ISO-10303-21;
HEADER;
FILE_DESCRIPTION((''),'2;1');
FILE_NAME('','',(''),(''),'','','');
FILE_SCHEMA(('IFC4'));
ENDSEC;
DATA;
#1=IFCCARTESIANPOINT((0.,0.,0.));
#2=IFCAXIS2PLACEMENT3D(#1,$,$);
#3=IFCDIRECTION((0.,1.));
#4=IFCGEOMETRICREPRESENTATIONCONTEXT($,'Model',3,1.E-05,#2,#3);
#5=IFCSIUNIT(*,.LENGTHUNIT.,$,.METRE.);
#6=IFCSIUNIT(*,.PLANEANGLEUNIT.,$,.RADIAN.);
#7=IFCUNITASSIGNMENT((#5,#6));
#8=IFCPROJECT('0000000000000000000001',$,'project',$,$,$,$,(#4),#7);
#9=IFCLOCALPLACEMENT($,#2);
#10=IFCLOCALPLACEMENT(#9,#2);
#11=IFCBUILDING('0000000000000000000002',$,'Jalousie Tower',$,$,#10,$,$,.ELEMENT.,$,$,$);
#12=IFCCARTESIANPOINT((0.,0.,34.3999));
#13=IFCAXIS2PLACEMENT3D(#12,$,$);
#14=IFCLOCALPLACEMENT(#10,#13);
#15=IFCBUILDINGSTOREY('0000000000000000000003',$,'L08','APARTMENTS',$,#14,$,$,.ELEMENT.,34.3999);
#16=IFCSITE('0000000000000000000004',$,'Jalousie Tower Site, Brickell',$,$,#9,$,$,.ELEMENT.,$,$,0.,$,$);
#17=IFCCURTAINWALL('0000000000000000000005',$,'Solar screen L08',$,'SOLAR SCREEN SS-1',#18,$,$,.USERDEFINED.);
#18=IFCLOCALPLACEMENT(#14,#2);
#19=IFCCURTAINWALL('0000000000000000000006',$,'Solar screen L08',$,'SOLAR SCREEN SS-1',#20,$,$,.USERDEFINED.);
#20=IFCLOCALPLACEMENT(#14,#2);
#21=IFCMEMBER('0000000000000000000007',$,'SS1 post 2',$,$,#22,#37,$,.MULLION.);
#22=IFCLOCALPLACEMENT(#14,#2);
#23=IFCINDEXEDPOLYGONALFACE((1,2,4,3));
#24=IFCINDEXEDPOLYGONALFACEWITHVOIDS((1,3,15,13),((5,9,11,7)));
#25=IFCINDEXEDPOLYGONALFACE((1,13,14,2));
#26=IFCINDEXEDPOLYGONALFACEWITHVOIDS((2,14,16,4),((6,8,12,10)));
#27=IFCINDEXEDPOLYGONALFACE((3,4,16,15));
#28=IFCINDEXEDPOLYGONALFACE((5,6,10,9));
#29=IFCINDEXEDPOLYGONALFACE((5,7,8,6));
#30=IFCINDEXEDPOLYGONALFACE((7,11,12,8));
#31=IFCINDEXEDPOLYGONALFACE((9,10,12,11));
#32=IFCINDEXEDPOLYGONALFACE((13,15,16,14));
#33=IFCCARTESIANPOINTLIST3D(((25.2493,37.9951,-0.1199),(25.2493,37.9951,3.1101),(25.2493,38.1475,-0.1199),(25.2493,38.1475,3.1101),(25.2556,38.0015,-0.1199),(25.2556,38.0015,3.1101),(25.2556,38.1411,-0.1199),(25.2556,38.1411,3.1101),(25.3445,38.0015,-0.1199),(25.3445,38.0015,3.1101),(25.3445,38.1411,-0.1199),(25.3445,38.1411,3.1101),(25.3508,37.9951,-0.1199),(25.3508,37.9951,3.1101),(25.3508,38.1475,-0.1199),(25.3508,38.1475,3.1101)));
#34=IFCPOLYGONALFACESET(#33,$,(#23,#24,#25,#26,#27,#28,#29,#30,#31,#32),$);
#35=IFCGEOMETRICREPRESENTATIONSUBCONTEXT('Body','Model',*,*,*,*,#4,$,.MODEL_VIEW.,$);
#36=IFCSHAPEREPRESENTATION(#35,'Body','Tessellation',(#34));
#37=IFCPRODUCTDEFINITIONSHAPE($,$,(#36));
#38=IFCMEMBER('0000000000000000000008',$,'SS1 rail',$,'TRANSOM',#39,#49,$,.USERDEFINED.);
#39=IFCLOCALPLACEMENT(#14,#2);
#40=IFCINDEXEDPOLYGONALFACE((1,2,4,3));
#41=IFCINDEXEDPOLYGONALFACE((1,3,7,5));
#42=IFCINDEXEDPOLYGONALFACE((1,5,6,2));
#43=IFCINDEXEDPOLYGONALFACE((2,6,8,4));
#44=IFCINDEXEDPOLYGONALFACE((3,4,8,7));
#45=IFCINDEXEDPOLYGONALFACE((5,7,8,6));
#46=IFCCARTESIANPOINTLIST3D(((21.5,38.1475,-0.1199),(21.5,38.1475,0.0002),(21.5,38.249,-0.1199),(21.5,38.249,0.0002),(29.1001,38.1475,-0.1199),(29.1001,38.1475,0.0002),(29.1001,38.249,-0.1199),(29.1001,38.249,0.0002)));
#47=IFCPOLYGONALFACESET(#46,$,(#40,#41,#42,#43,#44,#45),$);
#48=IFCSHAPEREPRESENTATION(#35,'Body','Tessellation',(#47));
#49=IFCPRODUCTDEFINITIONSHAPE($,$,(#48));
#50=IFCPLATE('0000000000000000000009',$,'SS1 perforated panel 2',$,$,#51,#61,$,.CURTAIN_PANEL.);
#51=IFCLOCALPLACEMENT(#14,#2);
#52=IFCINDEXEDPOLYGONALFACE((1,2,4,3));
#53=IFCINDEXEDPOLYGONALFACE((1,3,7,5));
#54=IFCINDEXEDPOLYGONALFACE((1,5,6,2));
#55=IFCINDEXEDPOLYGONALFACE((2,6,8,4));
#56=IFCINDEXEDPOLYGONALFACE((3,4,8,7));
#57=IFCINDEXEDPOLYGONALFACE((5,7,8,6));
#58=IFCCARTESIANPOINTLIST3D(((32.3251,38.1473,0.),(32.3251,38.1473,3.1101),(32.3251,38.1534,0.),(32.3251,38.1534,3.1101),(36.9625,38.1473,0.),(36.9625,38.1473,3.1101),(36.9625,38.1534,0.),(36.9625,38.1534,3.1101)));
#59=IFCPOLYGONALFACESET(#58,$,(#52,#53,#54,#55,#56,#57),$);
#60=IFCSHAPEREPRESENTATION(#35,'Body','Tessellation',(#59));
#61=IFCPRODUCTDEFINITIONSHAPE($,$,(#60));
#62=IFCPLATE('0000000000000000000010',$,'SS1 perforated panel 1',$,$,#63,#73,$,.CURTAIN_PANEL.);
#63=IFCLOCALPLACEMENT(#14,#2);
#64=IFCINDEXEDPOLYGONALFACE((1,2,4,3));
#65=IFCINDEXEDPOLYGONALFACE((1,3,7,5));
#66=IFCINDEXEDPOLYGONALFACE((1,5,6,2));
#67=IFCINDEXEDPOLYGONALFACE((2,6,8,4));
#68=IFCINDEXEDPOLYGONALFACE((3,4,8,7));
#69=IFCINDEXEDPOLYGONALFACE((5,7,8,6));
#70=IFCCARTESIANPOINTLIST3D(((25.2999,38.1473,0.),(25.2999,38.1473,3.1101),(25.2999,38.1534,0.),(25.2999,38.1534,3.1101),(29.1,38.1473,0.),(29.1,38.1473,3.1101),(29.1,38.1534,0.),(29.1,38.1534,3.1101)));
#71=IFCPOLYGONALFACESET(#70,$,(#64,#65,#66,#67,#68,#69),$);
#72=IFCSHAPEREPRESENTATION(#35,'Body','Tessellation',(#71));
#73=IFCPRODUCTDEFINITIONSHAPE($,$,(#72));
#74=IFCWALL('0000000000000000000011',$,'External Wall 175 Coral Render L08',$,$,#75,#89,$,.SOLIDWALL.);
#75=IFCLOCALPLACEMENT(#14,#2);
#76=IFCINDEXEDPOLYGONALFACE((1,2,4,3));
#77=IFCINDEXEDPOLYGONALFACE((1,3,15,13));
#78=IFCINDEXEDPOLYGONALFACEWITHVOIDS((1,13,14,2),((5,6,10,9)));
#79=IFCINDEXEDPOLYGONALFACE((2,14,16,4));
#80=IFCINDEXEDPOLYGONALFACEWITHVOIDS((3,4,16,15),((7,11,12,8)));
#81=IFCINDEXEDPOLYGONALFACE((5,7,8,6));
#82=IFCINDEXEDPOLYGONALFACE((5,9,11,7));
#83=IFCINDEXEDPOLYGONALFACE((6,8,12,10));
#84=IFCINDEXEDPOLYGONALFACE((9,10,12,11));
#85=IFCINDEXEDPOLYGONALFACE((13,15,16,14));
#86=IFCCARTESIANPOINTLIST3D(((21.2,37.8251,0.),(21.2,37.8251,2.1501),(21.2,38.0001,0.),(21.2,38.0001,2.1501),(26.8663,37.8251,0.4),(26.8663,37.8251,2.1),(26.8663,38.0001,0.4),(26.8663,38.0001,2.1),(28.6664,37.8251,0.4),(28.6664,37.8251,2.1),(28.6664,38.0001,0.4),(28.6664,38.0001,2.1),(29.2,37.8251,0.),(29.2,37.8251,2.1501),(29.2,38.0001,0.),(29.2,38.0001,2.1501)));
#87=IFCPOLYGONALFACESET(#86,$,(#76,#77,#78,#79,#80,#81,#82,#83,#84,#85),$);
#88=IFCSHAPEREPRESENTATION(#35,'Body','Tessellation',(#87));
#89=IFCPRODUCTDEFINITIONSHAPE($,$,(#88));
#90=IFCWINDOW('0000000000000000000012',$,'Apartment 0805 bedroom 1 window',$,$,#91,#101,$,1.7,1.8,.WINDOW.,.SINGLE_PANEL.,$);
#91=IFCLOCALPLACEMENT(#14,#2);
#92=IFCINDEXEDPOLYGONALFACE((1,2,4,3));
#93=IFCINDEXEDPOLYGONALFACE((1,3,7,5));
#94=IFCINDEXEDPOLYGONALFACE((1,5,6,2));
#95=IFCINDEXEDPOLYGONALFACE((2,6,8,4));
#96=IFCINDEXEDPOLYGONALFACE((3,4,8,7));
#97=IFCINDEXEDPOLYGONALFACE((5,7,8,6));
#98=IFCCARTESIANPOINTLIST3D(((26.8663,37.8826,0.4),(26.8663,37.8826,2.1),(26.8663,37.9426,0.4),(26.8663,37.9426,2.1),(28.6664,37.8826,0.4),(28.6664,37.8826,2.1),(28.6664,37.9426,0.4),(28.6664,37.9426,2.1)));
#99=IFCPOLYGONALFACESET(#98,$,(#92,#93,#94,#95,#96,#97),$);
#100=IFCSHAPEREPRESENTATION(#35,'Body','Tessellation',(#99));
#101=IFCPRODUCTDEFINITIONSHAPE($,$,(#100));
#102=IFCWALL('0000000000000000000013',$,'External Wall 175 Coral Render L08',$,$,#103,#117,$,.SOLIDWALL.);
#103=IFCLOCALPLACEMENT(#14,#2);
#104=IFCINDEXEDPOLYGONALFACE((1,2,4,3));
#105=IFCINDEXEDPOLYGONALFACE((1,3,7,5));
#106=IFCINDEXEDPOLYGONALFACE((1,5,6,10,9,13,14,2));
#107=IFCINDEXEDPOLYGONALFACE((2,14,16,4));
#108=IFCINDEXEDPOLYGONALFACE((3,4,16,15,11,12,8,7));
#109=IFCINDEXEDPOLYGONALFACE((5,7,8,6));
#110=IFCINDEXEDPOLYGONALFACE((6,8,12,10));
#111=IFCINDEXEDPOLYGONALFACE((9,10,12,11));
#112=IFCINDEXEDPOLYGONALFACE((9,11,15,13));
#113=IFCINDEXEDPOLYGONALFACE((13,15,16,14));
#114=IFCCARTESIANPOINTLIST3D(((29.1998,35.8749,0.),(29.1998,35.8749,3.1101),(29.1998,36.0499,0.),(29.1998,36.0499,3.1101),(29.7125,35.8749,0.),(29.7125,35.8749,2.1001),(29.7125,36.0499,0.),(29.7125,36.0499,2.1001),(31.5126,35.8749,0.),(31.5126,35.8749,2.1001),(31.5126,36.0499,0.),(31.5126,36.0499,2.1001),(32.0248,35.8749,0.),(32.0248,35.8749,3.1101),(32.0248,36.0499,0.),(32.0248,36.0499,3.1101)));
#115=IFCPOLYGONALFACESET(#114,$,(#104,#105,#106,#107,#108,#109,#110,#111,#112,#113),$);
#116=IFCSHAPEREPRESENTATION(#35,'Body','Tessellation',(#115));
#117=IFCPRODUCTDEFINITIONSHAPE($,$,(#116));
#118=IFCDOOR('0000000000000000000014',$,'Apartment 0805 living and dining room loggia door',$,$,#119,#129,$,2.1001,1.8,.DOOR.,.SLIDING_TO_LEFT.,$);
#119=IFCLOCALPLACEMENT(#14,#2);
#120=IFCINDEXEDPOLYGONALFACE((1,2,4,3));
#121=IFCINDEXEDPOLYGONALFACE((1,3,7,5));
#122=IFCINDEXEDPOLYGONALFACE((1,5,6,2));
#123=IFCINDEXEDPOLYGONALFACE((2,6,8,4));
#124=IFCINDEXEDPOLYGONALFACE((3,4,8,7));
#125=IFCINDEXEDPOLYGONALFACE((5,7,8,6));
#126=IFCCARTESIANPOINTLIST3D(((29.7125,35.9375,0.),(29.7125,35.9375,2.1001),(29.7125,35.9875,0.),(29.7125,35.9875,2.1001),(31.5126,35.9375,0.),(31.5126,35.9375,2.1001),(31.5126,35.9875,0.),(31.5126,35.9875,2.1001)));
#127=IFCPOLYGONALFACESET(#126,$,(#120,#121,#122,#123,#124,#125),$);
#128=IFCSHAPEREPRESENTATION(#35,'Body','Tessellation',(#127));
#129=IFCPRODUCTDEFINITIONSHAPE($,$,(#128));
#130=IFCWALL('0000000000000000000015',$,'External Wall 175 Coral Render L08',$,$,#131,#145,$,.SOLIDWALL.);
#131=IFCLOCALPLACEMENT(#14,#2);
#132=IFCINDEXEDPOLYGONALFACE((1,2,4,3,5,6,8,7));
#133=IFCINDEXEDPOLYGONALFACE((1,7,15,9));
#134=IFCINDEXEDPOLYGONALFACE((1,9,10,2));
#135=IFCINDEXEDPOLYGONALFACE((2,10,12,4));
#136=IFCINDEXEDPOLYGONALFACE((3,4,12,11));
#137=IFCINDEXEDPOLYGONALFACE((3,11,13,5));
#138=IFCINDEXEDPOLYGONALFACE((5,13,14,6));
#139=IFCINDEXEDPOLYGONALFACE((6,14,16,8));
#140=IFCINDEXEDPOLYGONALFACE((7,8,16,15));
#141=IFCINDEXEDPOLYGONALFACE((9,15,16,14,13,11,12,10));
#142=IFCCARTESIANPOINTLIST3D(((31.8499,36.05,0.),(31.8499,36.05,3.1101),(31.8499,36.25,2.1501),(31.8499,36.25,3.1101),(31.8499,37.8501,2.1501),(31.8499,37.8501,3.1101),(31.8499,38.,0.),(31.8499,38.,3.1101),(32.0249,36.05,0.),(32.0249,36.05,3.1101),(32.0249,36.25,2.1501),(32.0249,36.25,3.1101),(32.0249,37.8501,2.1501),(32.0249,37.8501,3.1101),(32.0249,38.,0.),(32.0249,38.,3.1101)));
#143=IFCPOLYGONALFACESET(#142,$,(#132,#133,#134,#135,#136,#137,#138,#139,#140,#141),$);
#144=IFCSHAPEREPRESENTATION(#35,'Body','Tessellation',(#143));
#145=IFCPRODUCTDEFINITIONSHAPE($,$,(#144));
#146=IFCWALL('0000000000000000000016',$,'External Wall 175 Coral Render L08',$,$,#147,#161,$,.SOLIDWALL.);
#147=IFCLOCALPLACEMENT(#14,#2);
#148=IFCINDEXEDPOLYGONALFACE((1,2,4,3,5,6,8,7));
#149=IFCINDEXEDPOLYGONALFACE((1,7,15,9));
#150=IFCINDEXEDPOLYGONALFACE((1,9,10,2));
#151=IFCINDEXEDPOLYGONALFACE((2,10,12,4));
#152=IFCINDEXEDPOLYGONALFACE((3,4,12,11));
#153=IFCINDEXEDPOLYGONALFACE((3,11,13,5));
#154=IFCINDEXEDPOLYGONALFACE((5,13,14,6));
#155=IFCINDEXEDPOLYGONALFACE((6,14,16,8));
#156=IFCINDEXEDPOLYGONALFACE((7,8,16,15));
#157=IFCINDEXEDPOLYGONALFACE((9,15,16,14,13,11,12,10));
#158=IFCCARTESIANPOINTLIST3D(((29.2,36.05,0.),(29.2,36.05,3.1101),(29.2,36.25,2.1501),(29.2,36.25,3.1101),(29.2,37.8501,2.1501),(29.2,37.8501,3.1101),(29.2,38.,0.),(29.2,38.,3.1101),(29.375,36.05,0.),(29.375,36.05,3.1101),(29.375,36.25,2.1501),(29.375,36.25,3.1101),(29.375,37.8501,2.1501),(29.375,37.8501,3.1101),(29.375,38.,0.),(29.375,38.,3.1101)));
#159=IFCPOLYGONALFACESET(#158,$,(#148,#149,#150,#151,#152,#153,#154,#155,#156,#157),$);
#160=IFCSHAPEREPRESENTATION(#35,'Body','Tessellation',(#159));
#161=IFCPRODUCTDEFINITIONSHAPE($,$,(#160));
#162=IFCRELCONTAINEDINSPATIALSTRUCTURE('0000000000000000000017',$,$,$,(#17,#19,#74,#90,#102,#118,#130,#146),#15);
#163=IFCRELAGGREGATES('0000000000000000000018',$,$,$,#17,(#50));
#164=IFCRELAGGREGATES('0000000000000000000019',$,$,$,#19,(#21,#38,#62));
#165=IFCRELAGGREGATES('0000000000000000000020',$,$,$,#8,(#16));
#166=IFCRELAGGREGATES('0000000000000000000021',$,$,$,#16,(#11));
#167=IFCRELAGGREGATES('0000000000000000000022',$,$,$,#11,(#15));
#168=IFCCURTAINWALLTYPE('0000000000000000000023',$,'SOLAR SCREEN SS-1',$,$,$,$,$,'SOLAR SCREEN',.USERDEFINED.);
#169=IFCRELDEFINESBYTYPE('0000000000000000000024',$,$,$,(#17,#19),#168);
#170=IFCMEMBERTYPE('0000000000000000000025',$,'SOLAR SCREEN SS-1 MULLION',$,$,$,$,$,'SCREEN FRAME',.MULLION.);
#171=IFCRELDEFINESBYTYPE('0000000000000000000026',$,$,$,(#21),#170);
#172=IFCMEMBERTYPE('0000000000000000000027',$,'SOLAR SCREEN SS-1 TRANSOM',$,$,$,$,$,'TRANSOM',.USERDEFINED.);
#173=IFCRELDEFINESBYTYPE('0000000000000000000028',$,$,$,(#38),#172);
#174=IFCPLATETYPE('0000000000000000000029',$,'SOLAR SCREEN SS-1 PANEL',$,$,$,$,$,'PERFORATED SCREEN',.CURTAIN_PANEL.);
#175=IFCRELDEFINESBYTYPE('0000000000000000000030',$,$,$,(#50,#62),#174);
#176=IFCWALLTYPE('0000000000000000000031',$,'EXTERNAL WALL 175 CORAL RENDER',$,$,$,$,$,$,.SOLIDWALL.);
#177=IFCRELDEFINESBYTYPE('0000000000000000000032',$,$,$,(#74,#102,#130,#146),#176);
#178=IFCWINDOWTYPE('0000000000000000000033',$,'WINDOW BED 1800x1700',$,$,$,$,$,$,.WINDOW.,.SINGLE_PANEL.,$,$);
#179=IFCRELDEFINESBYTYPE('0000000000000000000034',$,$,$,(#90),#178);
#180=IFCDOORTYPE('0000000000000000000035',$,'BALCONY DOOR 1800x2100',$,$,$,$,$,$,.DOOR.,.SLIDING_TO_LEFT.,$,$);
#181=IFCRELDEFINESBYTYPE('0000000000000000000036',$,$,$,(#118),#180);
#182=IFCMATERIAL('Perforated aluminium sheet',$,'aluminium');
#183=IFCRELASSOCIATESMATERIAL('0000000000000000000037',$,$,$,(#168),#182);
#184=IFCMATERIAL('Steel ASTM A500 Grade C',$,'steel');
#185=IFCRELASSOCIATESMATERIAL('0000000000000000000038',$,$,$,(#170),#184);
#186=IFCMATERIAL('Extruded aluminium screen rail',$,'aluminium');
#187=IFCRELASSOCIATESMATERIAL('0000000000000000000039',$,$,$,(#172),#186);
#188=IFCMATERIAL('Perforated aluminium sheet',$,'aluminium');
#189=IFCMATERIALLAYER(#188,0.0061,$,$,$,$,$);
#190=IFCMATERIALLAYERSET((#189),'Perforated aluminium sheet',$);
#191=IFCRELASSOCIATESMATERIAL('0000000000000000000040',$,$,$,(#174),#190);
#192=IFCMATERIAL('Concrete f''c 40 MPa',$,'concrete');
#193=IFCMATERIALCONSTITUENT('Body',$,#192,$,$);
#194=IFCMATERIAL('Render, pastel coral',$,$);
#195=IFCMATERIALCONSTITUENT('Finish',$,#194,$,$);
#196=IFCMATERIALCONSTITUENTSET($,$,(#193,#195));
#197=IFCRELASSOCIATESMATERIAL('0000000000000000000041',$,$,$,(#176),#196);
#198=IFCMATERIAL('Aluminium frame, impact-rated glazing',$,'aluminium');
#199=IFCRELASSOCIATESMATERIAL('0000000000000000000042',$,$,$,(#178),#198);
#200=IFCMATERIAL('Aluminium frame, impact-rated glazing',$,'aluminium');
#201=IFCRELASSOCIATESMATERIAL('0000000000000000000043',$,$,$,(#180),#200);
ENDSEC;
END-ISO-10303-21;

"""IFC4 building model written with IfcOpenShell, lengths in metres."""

from ifc_helpers import new_model, si_unit, direction, frame, frame_2d, origin, origin_2d, place, context, subcontext, project, spatial, polyline, rectangle, hollow_rectangle, outline, extrude, material, layer, layer_set, constituent, constituent_set, material_profile, profile_set, type_object, element, fill, aggregate, save


model = new_model("IFC4")

# Units and contexts
model_context = context("Model", 3, precision=1e-05, world=origin(), true_north=direction((0.0, 1.0)))
body_context = subcontext(model_context, "Body", "Model", "MODEL_VIEW")
ifc_project = project(units=[si_unit("LENGTHUNIT", "METRE"), si_unit("PLANEANGLEUNIT", "RADIAN")], contexts=[model_context])

# Site, building, storey
site_placement = place(None, origin())
site = spatial("IfcSite", under=ifc_project, at=site_placement, Name="Jalousie Tower Site, Brickell", CompositionType="ELEMENT", RefElevation=0.0)
building_placement = place(site_placement, origin())
building = spatial("IfcBuilding", under=site, at=building_placement, Name="Jalousie Tower", CompositionType="ELEMENT")
storey_placement = place(building_placement, frame((0.0, 0.0, 34.3999)))
storey = spatial("IfcBuildingStorey", under=building, at=storey_placement, Name="L08", Description="APARTMENTS", CompositionType="ELEMENT", Elevation=34.3999)

# Curtain wall
ifc_material_1 = material(Name="Perforated aluminium sheet", Category="aluminium")
curtain_wall_type = type_object("IfcCurtainWallType", Name="SOLAR SCREEN SS-1", ElementType="SOLAR SCREEN", PredefinedType="USERDEFINED", material=ifc_material_1)
curtain_wall_1_placement = place(storey_placement, origin())
curtain_wall_1 = element("IfcCurtainWall", 1, at=curtain_wall_1_placement, inside=storey, type_object=curtain_wall_type, Name="Solar screen L08", ObjectType="SOLAR SCREEN SS-1", PredefinedType="USERDEFINED")
ifc_material_2 = material(Name="Steel ASTM A500 Grade C", Category="steel")
ifc_material_profile_1 = material_profile(ifc_material_2, hollow_rectangle(XDim=0.1016, YDim=0.1523, WallThickness=0.0063, at=origin_2d()), Name="HSS6X4X1/4")
ifc_profile_set_1 = profile_set([ifc_material_profile_1], Name="Steel ASTM A500 Grade C")
member_type_1 = type_object("IfcMemberType", Name="SOLAR SCREEN SS-1 MULLION", ElementType="SCREEN FRAME", PredefinedType="MULLION", material=ifc_profile_set_1)

# Curtain wall, members
curtain_wall_2_placement = place(storey_placement, origin())
curtain_wall_2 = element("IfcCurtainWall", 2, at=curtain_wall_2_placement, inside=storey, type_object=curtain_wall_type, Name="Solar screen L08", ObjectType="SOLAR SCREEN SS-1", PredefinedType="USERDEFINED")
member_1_placement = place(storey_placement, frame((25.3, 38.0713, -0.1199), z_axis=(0.0, 0.0, 1.0), x_axis=(-1.0, 0.0, 0.0)))
member_1 = element("IfcMember", 3, at=member_1_placement, type_object=member_type_1, Name="SS1 post 2", PredefinedType="MULLION", context=body_context, shape_type="SweptSolid", body=[
    extrude(hollow_rectangle(XDim=0.1016, YDim=0.1523, WallThickness=0.0063, at=origin_2d()), origin(), (0.0, 0.0, 1.0), 3.23),
])
ifc_material_3 = material(Name="Extruded aluminium screen rail", Category="aluminium")
ifc_material_profile_2 = material_profile(ifc_material_3, rectangle(XDim=0.1016, YDim=0.1201, at=origin_2d()), Name="RAIL 102x120")
ifc_profile_set_2 = profile_set([ifc_material_profile_2], Name="Extruded aluminium screen rail")
member_type_2 = type_object("IfcMemberType", Name="SOLAR SCREEN SS-1 TRANSOM", ElementType="TRANSOM", PredefinedType="USERDEFINED", material=ifc_profile_set_2)
member_2_placement = place(storey_placement, frame((29.1001, 38.1982, -0.0598), z_axis=(-1.0, 0.0, 0.0), x_axis=(0.0, -1.0, 0.0)))
member_2 = element("IfcMember", 4, at=member_2_placement, type_object=member_type_2, Name="SS1 rail", ObjectType="TRANSOM", PredefinedType="USERDEFINED", context=body_context, shape_type="SweptSolid", body=[
    extrude(rectangle(XDim=0.1016, YDim=0.1201, at=origin_2d()), origin(), (0.0, 0.0, 1.0), 7.6001),
])

# Plates
ifc_material_4 = material(Name="Perforated aluminium sheet", Category="aluminium")
ifc_layer_1 = layer(ifc_material_4, 0.0061)
ifc_layer_set_1 = layer_set([ifc_layer_1], Name="Perforated aluminium sheet")
plate_type = type_object("IfcPlateType", Name="SOLAR SCREEN SS-1 PANEL", ElementType="PERFORATED SCREEN", PredefinedType="CURTAIN_PANEL", material=ifc_layer_set_1)
plate_1_placement = place(storey_placement, frame((34.6438, 38.1504, 0.0), z_axis=(0.0, 0.0, 1.0), x_axis=(-1.0, 0.0, 0.0)))
plate_1 = element("IfcPlate", 5, at=plate_1_placement, type_object=plate_type, Name="SS1 perforated panel 2", PredefinedType="CURTAIN_PANEL", context=body_context, shape_type="SweptSolid", body=[
    extrude(rectangle(XDim=4.6375, YDim=0.0061, at=origin_2d()), origin(), (0.0, 0.0, 1.0), 3.1101),
])
aggregate(curtain_wall_1, [plate_1])
plate_2_placement = place(storey_placement, frame((27.2, 38.1504, 0.0), z_axis=(0.0, 0.0, 1.0), x_axis=(-1.0, 0.0, 0.0)))
plate_2 = element("IfcPlate", 6, at=plate_2_placement, type_object=plate_type, Name="SS1 perforated panel 1", PredefinedType="CURTAIN_PANEL", context=body_context, shape_type="SweptSolid", body=[
    extrude(rectangle(XDim=3.8, YDim=0.0061, at=origin_2d()), origin(), (0.0, 0.0, 1.0), 3.1101),
])
aggregate(curtain_wall_2, [member_1, member_2, plate_2])

# Wall, opening, window
ifc_material_5 = material(Name="Concrete f'c 40 MPa", Category="concrete")
ifc_constituent_1 = constituent(ifc_material_5, Name="Body")
ifc_material_6 = material(Name="Render, pastel coral")
ifc_constituent_2 = constituent(ifc_material_6, Name="Finish")
ifc_constituent_set_1 = constituent_set(constituents=[ifc_constituent_1, ifc_constituent_2])
wall_type_1 = type_object("IfcWallType", Name="EXTERNAL WALL 175 CORAL RENDER", PredefinedType="SOLIDWALL", material=ifc_constituent_set_1)
wall_1_placement = place(storey_placement, frame((29.2, 37.9126, 0.0), z_axis=(0.0, 0.0, 1.0), x_axis=(-1.0, 0.0, 0.0)))
wall_1 = element("IfcWall", 7, at=wall_1_placement, inside=storey, type_object=wall_type_1, Name="External Wall 175 Coral Render L08", PredefinedType="SOLIDWALL", context=body_context, shape_type="SweptSolid", body=[
    extrude(rectangle(XDim=8.0, YDim=0.175, at=frame_2d((4.0, 0.0))), origin(), (0.0, 0.0, 1.0), 2.1501),
])
opening_1_placement = place(wall_1_placement, frame((0.5337, 0.0, 0.3999)))
opening_1 = element("IfcOpeningElement", 8, at=opening_1_placement, cuts=wall_1, PredefinedType="OPENING", context=body_context, shape_type="SweptSolid", body=[
    extrude(rectangle(XDim=1.8, YDim=1.7, at=frame_2d((0.8999, 0.8501))), frame((0.0, 0.0974, 0.0), z_axis=(0.0, -1.0, 0.0), x_axis=(1.0, 0.0, 0.0)), (0.0, 0.0, 1.0), 0.1951),
])
ifc_material_7 = material(Name="Aluminium frame, impact-rated glazing", Category="aluminium")
window_type = type_object("IfcWindowType", Name="WINDOW BED 1800x1700", PartitioningType="SINGLE_PANEL", PredefinedType="WINDOW", material=ifc_material_7)
window_placement = place(opening_1_placement, origin())
window = element("IfcWindow", 9, at=window_placement, inside=storey, type_object=window_type, Name="Apartment 0805 bedroom 1 window", OverallHeight=1.7, OverallWidth=1.8, PartitioningType="SINGLE_PANEL", PredefinedType="WINDOW", context=body_context, shape_type="SweptSolid", body=[
    extrude(rectangle(XDim=1.8, YDim=1.7, at=frame_2d((0.8999, 0.8501))), frame((0.0, 0.03, 0.0), z_axis=(0.0, -1.0, 0.0), x_axis=(1.0, 0.0, 0.0)), (0.0, 0.0, 1.0), 0.0601),
])
fill(opening_1, window)

# Wall, opening, door
wall_2_placement = place(storey_placement, frame((32.0249, 35.9624, 0.0), z_axis=(0.0, 0.0, 1.0), x_axis=(-1.0, 0.0, 0.0)))
wall_2 = element("IfcWall", 10, at=wall_2_placement, inside=storey, type_object=wall_type_1, Name="External Wall 175 Coral Render L08", PredefinedType="SOLIDWALL", context=body_context, shape_type="SweptSolid", body=[
    extrude(rectangle(XDim=2.825, YDim=0.175, at=frame_2d((1.4126, 0.0))), origin(), (0.0, 0.0, 1.0), 3.1101),
])
opening_2_placement = place(wall_2_placement, frame((0.5125, 0.0, 0.0)))
opening_2 = element("IfcOpeningElement", 11, at=opening_2_placement, cuts=wall_2, PredefinedType="OPENING", context=body_context, shape_type="SweptSolid", body=[
    extrude(rectangle(XDim=1.8, YDim=2.1001, at=frame_2d((0.8999, 1.05))), frame((0.0, 0.0974, 0.0), z_axis=(0.0, -1.0, 0.0), x_axis=(1.0, 0.0, 0.0)), (0.0, 0.0, 1.0), 0.1951),
])
ifc_material_8 = material(Name="Aluminium frame, impact-rated glazing", Category="aluminium")
door_type_1 = type_object("IfcDoorType", Name="BALCONY DOOR 1800x2100", OperationType="SLIDING_TO_LEFT", PredefinedType="DOOR", material=ifc_material_8)
door_1_placement = place(opening_2_placement, origin())
door_1 = element("IfcDoor", 12, at=door_1_placement, inside=storey, type_object=door_type_1, Name="Apartment 0805 living and dining room loggia door", OperationType="SLIDING_TO_LEFT", OverallHeight=2.1001, OverallWidth=1.8, PredefinedType="DOOR", context=body_context, shape_type="SweptSolid", body=[
    extrude(rectangle(XDim=1.8, YDim=2.1001, at=frame_2d((0.8999, 1.05))), frame((0.0, 0.0249, 0.0), z_axis=(0.0, -1.0, 0.0), x_axis=(1.0, 0.0, 0.0)), (0.0, 0.0, 1.0), 0.05),
])
fill(opening_2, door_1)

# Walls
for number, where, z_axis, x_axis, name in (
    (13, (31.9375, 38.0, 0.0), (0.0, 0.0, 1.0), (0.0, -1.0, 0.0), "External Wall 175 Coral Render L08"),
    (14, (29.2876, 38.0, 0.0), (0.0, 0.0, 1.0), (0.0, -1.0, 0.0), "External Wall 175 Coral Render L08"),
):
    element("IfcWall", number, at=place(storey_placement, frame(where, z_axis=z_axis, x_axis=x_axis)), inside=storey, type_object=wall_type_1, Name=name, PredefinedType="SOLIDWALL", context=body_context, shape_type="SweptSolid", body=[
        extrude(outline(polyline([(0.0, 0.0), (1.95, 0.0), (1.95, 3.1101), (1.75, 3.1101), (1.75, 2.1501), (0.1499, 2.1501), (0.1499, 3.1101), (0.0, 3.1101), (0.0, 0.0)])), frame((0.0, 0.0874, 0.0), z_axis=(0.0, -1.0, 0.0), x_axis=(1.0, 0.0, 0.0)), (0.0, 0.0, 1.0), 0.175),
    ])

save(model, "model.ifc")
